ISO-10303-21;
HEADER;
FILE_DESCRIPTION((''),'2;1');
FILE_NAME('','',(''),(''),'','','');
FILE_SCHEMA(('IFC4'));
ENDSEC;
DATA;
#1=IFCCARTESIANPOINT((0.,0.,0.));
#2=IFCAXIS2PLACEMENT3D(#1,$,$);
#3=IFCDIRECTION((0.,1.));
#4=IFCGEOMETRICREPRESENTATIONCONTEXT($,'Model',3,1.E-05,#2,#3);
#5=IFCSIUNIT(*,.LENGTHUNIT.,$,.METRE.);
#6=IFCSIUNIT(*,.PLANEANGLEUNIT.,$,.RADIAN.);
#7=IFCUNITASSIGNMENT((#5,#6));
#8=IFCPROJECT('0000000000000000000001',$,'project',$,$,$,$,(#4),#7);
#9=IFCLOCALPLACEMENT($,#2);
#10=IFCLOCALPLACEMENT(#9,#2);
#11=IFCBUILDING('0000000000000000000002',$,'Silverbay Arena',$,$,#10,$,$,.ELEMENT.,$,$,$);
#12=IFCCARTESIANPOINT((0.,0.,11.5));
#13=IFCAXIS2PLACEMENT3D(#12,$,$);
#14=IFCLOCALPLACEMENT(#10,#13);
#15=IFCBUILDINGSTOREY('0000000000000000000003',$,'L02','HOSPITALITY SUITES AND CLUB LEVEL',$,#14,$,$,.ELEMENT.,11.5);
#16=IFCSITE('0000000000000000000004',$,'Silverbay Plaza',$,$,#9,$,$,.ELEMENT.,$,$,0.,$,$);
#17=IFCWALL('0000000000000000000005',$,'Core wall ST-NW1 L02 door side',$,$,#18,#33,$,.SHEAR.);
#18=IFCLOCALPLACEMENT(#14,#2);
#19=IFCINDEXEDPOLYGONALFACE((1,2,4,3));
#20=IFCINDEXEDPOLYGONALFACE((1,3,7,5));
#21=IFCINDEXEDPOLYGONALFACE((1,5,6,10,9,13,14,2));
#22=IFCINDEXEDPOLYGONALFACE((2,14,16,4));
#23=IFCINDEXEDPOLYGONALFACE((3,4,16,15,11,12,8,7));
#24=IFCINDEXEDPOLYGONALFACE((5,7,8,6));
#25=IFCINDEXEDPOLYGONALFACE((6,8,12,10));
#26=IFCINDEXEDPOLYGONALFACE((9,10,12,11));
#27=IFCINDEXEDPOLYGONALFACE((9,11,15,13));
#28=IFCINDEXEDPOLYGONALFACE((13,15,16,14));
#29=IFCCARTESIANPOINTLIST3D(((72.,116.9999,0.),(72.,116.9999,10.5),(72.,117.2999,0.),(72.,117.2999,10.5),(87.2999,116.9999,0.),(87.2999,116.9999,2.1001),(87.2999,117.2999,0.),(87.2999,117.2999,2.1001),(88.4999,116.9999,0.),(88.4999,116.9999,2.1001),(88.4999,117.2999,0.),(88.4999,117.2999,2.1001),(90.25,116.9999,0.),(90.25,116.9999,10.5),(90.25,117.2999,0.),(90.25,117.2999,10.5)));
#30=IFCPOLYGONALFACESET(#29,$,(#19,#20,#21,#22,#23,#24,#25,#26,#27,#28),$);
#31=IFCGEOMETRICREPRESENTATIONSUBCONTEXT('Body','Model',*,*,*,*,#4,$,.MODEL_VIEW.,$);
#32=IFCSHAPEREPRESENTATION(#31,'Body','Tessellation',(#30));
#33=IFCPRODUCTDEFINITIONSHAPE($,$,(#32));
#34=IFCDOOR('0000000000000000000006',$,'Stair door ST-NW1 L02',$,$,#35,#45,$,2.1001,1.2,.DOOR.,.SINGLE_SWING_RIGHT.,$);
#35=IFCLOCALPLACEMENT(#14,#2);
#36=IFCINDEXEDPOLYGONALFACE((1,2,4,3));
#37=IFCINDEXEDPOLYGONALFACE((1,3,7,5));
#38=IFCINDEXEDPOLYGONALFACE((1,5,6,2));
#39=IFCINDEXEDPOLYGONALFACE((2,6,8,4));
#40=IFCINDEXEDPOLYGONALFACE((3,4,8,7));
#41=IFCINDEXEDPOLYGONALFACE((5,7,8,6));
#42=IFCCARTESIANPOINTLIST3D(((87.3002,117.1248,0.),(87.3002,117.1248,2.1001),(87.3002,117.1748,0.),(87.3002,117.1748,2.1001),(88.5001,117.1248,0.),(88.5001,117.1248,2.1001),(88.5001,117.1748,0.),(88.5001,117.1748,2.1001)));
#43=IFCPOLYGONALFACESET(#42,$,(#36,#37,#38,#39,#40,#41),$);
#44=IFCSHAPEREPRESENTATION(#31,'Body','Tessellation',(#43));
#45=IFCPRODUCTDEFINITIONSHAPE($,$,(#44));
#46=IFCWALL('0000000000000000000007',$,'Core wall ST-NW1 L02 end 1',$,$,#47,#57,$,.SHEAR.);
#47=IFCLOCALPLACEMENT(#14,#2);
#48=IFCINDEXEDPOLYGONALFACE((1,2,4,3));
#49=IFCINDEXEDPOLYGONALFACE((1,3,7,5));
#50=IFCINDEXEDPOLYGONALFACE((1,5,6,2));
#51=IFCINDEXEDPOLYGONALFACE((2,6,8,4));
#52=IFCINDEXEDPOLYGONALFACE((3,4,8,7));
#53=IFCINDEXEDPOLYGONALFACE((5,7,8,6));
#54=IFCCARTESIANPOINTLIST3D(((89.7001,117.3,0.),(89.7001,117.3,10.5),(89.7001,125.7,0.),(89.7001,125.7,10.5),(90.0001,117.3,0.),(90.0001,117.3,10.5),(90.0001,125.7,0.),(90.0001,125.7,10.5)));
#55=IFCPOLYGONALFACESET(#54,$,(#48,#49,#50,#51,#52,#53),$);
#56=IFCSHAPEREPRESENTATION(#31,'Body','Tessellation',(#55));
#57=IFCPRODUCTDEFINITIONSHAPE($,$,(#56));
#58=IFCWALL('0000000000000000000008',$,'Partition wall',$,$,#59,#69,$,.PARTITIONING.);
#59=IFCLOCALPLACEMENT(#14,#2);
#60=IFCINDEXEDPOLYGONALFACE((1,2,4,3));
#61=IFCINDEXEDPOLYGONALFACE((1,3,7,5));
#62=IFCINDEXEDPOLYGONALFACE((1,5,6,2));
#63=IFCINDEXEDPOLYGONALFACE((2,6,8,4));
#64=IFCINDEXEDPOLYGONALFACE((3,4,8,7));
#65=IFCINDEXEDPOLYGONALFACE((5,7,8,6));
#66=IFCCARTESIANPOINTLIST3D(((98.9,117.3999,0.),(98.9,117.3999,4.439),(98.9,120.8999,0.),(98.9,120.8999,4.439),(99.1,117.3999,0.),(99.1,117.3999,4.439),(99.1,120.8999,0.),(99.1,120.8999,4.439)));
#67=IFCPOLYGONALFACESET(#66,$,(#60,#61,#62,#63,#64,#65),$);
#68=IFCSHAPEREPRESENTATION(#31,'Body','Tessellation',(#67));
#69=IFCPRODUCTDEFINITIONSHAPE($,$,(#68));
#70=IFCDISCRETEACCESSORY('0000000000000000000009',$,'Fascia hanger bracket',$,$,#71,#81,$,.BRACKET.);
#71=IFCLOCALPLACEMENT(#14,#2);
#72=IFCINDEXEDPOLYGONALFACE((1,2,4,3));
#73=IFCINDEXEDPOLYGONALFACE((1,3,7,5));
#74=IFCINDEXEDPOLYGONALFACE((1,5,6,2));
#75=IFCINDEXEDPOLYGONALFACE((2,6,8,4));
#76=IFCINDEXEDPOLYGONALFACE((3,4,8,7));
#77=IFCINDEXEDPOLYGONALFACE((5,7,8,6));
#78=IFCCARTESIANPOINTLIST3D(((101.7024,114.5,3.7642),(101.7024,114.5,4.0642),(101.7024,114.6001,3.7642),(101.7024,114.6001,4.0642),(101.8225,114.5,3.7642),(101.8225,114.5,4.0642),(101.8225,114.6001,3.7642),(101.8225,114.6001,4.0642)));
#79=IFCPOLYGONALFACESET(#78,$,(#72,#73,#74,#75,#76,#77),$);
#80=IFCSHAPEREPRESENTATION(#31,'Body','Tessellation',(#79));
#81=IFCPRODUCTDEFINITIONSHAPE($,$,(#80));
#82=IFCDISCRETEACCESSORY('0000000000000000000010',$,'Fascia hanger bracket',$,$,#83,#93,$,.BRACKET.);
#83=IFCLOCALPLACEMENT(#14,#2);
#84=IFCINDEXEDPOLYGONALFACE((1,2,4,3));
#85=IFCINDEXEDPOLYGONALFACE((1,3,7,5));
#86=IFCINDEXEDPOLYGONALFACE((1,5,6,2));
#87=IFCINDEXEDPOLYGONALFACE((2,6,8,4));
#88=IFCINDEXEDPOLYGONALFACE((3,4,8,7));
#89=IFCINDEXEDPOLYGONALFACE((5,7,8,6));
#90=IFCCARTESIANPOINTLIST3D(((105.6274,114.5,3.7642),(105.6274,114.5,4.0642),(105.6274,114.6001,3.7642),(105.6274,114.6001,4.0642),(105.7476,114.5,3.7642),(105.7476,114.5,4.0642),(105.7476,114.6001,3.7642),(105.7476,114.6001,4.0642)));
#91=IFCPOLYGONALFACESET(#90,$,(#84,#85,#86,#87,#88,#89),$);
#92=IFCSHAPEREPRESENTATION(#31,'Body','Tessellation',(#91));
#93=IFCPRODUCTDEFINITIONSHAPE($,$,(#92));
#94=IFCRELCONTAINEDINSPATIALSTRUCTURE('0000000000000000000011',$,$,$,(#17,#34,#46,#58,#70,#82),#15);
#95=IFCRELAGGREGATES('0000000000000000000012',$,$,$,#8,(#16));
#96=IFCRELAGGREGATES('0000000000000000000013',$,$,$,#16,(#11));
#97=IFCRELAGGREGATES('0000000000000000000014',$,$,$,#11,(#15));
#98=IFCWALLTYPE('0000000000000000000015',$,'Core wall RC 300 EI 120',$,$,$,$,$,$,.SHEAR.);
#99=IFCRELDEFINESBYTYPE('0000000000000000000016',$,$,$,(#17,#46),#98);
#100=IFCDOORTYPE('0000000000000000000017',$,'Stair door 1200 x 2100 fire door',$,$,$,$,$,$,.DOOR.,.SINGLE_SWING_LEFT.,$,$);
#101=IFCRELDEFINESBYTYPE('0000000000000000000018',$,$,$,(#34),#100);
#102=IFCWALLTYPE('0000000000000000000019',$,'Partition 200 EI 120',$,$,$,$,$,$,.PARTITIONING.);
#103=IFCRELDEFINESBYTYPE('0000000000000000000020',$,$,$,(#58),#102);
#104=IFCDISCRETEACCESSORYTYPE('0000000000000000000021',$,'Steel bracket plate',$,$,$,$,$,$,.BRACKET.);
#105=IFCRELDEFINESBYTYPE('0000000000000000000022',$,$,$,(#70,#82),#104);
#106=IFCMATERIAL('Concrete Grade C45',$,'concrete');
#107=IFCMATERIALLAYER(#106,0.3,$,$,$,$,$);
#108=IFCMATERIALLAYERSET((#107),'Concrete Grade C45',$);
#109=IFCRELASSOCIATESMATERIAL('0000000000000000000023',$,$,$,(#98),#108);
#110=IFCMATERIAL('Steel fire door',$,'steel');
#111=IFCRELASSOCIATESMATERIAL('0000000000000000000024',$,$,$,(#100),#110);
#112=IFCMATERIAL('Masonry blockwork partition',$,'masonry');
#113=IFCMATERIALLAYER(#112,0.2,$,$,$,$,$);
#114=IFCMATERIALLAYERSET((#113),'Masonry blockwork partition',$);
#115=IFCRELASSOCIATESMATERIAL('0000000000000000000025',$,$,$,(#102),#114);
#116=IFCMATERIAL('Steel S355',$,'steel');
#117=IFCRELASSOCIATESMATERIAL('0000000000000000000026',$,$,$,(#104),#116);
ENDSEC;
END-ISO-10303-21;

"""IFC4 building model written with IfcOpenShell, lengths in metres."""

from ifc_helpers import new_model, si_unit, direction, frame, frame_2d, origin, origin_2d, place, context, subcontext, project, spatial, rectangle, extrude, material, layer, layer_set, type_object, element, fill, save


model = new_model("IFC4")

# Units and contexts
model_context = context("Model", 3, precision=1e-05, world=origin(), true_north=direction((0.0, 1.0)))
body_context = subcontext(model_context, "Body", "Model", "MODEL_VIEW")
ifc_project = project(units=[si_unit("LENGTHUNIT", "METRE"), si_unit("PLANEANGLEUNIT", "RADIAN")], contexts=[model_context])

# Site, building, storey
site_placement = place(None, origin())
site = spatial("IfcSite", under=ifc_project, at=site_placement, Name="Silverbay Plaza", CompositionType="ELEMENT", RefElevation=0.0)
building_placement = place(site_placement, origin())
building = spatial("IfcBuilding", under=site, at=building_placement, Name="Silverbay Arena", CompositionType="ELEMENT")
storey_placement = place(building_placement, frame((0.0, 0.0, 11.5)))
storey = spatial("IfcBuildingStorey", under=building, at=storey_placement, Name="L02", Description="HOSPITALITY SUITES AND CLUB LEVEL", CompositionType="ELEMENT", Elevation=11.5)

# Wall, opening, door
ifc_material_1 = material(Name="Concrete Grade C45", Category="concrete")
ifc_layer_1 = layer(ifc_material_1, 0.3)
ifc_layer_set_1 = layer_set([ifc_layer_1], Name="Concrete Grade C45")
wall_type_1 = type_object("IfcWallType", Name="Core wall RC 300 EI 120", PredefinedType="SHEAR", material=ifc_layer_set_1)
wall_1_placement = place(storey_placement, frame((90.25, 117.1499, 0.0), z_axis=(0.0, 0.0, 1.0), x_axis=(-1.0, 0.0, 0.0)))
wall_1 = element("IfcWall", 1, at=wall_1_placement, inside=storey, type_object=wall_type_1, Name="Core wall ST-NW1 L02 door side", PredefinedType="SHEAR", context=body_context, shape_type="SweptSolid", body=[
    extrude(rectangle(XDim=18.25, YDim=0.3, at=frame_2d((9.125, 0.0))), origin(), (0.0, 0.0, 1.0), 10.5),
])
opening_placement = place(wall_1_placement, frame((1.75, 0.0, 0.0)))
opening = element("IfcOpeningElement", 2, at=opening_placement, cuts=wall_1, PredefinedType="OPENING", context=body_context, shape_type="SweptSolid", body=[
    extrude(rectangle(XDim=1.2, YDim=2.1001, at=frame_2d((0.6001, 1.05))), frame((0.0, 0.1602, 0.0), z_axis=(0.0, -1.0, 0.0), x_axis=(1.0, 0.0, 0.0)), (0.0, 0.0, 1.0), 0.3201),
])
ifc_material_2 = material(Name="Steel fire door", Category="steel")
door_type = type_object("IfcDoorType", Name="Stair door 1200 x 2100 fire door", OperationType="SINGLE_SWING_LEFT", PredefinedType="DOOR", material=ifc_material_2)
door_placement = place(opening_placement, frame((1.2, 0.0, 0.0), z_axis=(0.0, 0.0, 1.0), x_axis=(-1.0, 0.0, 0.0)))
door = element("IfcDoor", 3, at=door_placement, inside=storey, type_object=door_type, Name="Stair door ST-NW1 L02", OperationType="SINGLE_SWING_RIGHT", OverallHeight=2.1001, OverallWidth=1.2, PredefinedType="DOOR", context=body_context, shape_type="SweptSolid", body=[
    extrude(rectangle(XDim=1.2, YDim=2.1001, at=frame_2d((0.6001, 1.05))), frame((0.0, 0.0249, 0.0), z_axis=(0.0, -1.0, 0.0), x_axis=(1.0, 0.0, 0.0)), (0.0, 0.0, 1.0), 0.05),
])
fill(opening, door)

# Walls
wall_2_placement = place(storey_placement, frame((89.8501, 117.3, 0.0), z_axis=(0.0, 0.0, 1.0), x_axis=(0.0, 1.0, 0.0)))
element("IfcWall", 4, at=wall_2_placement, inside=storey, type_object=wall_type_1, Name="Core wall ST-NW1 L02 end 1", PredefinedType="SHEAR", context=body_context, shape_type="SweptSolid", body=[
    extrude(rectangle(XDim=8.3999, YDim=0.3, at=frame_2d((4.2, 0.0))), origin(), (0.0, 0.0, 1.0), 10.5),
])
ifc_material_3 = material(Name="Masonry blockwork partition", Category="masonry")
ifc_layer_2 = layer(ifc_material_3, 0.2)
ifc_layer_set_2 = layer_set([ifc_layer_2], Name="Masonry blockwork partition")
wall_type_2 = type_object("IfcWallType", Name="Partition 200 EI 120", PredefinedType="PARTITIONING", material=ifc_layer_set_2)
wall_3_placement = place(storey_placement, frame((99.0, 117.3999, 0.0), z_axis=(0.0, 0.0, 1.0), x_axis=(0.0, 1.0, 0.0)))
element("IfcWall", 5, at=wall_3_placement, inside=storey, type_object=wall_type_2, Name="Partition wall", PredefinedType="PARTITIONING", context=body_context, shape_type="SweptSolid", body=[
    extrude(rectangle(XDim=3.5, YDim=0.2, at=frame_2d((1.75, 0.0))), origin(), (0.0, 0.0, 1.0), 4.439),
])

# Discrete accessories
ifc_material_4 = material(Name="Steel S355", Category="steel")
discrete_accessory_type = type_object("IfcDiscreteAccessoryType", Name="Steel bracket plate", PredefinedType="BRACKET", material=ifc_material_4)
for number, where, z_axis, x_axis, name in (
    (6, (101.7625, 114.55, 3.7642), (0.0, 0.0, 1.0), (1.0, 0.0, 0.0), "Fascia hanger bracket"),
    (7, (105.6875, 114.55, 3.7642), (0.0, 0.0, 1.0), (1.0, 0.0, 0.0), "Fascia hanger bracket"),
):
    element("IfcDiscreteAccessory", number, at=place(storey_placement, frame(where, z_axis=z_axis, x_axis=x_axis)), inside=storey, type_object=discrete_accessory_type, Name=name, PredefinedType="BRACKET", context=body_context, shape_type="SweptSolid", body=[
        extrude(rectangle(XDim=0.1201, YDim=0.1001, at=origin_2d()), origin(), (0.0, 0.0, 1.0), 0.3),
    ])

save(model, "model.ifc")
